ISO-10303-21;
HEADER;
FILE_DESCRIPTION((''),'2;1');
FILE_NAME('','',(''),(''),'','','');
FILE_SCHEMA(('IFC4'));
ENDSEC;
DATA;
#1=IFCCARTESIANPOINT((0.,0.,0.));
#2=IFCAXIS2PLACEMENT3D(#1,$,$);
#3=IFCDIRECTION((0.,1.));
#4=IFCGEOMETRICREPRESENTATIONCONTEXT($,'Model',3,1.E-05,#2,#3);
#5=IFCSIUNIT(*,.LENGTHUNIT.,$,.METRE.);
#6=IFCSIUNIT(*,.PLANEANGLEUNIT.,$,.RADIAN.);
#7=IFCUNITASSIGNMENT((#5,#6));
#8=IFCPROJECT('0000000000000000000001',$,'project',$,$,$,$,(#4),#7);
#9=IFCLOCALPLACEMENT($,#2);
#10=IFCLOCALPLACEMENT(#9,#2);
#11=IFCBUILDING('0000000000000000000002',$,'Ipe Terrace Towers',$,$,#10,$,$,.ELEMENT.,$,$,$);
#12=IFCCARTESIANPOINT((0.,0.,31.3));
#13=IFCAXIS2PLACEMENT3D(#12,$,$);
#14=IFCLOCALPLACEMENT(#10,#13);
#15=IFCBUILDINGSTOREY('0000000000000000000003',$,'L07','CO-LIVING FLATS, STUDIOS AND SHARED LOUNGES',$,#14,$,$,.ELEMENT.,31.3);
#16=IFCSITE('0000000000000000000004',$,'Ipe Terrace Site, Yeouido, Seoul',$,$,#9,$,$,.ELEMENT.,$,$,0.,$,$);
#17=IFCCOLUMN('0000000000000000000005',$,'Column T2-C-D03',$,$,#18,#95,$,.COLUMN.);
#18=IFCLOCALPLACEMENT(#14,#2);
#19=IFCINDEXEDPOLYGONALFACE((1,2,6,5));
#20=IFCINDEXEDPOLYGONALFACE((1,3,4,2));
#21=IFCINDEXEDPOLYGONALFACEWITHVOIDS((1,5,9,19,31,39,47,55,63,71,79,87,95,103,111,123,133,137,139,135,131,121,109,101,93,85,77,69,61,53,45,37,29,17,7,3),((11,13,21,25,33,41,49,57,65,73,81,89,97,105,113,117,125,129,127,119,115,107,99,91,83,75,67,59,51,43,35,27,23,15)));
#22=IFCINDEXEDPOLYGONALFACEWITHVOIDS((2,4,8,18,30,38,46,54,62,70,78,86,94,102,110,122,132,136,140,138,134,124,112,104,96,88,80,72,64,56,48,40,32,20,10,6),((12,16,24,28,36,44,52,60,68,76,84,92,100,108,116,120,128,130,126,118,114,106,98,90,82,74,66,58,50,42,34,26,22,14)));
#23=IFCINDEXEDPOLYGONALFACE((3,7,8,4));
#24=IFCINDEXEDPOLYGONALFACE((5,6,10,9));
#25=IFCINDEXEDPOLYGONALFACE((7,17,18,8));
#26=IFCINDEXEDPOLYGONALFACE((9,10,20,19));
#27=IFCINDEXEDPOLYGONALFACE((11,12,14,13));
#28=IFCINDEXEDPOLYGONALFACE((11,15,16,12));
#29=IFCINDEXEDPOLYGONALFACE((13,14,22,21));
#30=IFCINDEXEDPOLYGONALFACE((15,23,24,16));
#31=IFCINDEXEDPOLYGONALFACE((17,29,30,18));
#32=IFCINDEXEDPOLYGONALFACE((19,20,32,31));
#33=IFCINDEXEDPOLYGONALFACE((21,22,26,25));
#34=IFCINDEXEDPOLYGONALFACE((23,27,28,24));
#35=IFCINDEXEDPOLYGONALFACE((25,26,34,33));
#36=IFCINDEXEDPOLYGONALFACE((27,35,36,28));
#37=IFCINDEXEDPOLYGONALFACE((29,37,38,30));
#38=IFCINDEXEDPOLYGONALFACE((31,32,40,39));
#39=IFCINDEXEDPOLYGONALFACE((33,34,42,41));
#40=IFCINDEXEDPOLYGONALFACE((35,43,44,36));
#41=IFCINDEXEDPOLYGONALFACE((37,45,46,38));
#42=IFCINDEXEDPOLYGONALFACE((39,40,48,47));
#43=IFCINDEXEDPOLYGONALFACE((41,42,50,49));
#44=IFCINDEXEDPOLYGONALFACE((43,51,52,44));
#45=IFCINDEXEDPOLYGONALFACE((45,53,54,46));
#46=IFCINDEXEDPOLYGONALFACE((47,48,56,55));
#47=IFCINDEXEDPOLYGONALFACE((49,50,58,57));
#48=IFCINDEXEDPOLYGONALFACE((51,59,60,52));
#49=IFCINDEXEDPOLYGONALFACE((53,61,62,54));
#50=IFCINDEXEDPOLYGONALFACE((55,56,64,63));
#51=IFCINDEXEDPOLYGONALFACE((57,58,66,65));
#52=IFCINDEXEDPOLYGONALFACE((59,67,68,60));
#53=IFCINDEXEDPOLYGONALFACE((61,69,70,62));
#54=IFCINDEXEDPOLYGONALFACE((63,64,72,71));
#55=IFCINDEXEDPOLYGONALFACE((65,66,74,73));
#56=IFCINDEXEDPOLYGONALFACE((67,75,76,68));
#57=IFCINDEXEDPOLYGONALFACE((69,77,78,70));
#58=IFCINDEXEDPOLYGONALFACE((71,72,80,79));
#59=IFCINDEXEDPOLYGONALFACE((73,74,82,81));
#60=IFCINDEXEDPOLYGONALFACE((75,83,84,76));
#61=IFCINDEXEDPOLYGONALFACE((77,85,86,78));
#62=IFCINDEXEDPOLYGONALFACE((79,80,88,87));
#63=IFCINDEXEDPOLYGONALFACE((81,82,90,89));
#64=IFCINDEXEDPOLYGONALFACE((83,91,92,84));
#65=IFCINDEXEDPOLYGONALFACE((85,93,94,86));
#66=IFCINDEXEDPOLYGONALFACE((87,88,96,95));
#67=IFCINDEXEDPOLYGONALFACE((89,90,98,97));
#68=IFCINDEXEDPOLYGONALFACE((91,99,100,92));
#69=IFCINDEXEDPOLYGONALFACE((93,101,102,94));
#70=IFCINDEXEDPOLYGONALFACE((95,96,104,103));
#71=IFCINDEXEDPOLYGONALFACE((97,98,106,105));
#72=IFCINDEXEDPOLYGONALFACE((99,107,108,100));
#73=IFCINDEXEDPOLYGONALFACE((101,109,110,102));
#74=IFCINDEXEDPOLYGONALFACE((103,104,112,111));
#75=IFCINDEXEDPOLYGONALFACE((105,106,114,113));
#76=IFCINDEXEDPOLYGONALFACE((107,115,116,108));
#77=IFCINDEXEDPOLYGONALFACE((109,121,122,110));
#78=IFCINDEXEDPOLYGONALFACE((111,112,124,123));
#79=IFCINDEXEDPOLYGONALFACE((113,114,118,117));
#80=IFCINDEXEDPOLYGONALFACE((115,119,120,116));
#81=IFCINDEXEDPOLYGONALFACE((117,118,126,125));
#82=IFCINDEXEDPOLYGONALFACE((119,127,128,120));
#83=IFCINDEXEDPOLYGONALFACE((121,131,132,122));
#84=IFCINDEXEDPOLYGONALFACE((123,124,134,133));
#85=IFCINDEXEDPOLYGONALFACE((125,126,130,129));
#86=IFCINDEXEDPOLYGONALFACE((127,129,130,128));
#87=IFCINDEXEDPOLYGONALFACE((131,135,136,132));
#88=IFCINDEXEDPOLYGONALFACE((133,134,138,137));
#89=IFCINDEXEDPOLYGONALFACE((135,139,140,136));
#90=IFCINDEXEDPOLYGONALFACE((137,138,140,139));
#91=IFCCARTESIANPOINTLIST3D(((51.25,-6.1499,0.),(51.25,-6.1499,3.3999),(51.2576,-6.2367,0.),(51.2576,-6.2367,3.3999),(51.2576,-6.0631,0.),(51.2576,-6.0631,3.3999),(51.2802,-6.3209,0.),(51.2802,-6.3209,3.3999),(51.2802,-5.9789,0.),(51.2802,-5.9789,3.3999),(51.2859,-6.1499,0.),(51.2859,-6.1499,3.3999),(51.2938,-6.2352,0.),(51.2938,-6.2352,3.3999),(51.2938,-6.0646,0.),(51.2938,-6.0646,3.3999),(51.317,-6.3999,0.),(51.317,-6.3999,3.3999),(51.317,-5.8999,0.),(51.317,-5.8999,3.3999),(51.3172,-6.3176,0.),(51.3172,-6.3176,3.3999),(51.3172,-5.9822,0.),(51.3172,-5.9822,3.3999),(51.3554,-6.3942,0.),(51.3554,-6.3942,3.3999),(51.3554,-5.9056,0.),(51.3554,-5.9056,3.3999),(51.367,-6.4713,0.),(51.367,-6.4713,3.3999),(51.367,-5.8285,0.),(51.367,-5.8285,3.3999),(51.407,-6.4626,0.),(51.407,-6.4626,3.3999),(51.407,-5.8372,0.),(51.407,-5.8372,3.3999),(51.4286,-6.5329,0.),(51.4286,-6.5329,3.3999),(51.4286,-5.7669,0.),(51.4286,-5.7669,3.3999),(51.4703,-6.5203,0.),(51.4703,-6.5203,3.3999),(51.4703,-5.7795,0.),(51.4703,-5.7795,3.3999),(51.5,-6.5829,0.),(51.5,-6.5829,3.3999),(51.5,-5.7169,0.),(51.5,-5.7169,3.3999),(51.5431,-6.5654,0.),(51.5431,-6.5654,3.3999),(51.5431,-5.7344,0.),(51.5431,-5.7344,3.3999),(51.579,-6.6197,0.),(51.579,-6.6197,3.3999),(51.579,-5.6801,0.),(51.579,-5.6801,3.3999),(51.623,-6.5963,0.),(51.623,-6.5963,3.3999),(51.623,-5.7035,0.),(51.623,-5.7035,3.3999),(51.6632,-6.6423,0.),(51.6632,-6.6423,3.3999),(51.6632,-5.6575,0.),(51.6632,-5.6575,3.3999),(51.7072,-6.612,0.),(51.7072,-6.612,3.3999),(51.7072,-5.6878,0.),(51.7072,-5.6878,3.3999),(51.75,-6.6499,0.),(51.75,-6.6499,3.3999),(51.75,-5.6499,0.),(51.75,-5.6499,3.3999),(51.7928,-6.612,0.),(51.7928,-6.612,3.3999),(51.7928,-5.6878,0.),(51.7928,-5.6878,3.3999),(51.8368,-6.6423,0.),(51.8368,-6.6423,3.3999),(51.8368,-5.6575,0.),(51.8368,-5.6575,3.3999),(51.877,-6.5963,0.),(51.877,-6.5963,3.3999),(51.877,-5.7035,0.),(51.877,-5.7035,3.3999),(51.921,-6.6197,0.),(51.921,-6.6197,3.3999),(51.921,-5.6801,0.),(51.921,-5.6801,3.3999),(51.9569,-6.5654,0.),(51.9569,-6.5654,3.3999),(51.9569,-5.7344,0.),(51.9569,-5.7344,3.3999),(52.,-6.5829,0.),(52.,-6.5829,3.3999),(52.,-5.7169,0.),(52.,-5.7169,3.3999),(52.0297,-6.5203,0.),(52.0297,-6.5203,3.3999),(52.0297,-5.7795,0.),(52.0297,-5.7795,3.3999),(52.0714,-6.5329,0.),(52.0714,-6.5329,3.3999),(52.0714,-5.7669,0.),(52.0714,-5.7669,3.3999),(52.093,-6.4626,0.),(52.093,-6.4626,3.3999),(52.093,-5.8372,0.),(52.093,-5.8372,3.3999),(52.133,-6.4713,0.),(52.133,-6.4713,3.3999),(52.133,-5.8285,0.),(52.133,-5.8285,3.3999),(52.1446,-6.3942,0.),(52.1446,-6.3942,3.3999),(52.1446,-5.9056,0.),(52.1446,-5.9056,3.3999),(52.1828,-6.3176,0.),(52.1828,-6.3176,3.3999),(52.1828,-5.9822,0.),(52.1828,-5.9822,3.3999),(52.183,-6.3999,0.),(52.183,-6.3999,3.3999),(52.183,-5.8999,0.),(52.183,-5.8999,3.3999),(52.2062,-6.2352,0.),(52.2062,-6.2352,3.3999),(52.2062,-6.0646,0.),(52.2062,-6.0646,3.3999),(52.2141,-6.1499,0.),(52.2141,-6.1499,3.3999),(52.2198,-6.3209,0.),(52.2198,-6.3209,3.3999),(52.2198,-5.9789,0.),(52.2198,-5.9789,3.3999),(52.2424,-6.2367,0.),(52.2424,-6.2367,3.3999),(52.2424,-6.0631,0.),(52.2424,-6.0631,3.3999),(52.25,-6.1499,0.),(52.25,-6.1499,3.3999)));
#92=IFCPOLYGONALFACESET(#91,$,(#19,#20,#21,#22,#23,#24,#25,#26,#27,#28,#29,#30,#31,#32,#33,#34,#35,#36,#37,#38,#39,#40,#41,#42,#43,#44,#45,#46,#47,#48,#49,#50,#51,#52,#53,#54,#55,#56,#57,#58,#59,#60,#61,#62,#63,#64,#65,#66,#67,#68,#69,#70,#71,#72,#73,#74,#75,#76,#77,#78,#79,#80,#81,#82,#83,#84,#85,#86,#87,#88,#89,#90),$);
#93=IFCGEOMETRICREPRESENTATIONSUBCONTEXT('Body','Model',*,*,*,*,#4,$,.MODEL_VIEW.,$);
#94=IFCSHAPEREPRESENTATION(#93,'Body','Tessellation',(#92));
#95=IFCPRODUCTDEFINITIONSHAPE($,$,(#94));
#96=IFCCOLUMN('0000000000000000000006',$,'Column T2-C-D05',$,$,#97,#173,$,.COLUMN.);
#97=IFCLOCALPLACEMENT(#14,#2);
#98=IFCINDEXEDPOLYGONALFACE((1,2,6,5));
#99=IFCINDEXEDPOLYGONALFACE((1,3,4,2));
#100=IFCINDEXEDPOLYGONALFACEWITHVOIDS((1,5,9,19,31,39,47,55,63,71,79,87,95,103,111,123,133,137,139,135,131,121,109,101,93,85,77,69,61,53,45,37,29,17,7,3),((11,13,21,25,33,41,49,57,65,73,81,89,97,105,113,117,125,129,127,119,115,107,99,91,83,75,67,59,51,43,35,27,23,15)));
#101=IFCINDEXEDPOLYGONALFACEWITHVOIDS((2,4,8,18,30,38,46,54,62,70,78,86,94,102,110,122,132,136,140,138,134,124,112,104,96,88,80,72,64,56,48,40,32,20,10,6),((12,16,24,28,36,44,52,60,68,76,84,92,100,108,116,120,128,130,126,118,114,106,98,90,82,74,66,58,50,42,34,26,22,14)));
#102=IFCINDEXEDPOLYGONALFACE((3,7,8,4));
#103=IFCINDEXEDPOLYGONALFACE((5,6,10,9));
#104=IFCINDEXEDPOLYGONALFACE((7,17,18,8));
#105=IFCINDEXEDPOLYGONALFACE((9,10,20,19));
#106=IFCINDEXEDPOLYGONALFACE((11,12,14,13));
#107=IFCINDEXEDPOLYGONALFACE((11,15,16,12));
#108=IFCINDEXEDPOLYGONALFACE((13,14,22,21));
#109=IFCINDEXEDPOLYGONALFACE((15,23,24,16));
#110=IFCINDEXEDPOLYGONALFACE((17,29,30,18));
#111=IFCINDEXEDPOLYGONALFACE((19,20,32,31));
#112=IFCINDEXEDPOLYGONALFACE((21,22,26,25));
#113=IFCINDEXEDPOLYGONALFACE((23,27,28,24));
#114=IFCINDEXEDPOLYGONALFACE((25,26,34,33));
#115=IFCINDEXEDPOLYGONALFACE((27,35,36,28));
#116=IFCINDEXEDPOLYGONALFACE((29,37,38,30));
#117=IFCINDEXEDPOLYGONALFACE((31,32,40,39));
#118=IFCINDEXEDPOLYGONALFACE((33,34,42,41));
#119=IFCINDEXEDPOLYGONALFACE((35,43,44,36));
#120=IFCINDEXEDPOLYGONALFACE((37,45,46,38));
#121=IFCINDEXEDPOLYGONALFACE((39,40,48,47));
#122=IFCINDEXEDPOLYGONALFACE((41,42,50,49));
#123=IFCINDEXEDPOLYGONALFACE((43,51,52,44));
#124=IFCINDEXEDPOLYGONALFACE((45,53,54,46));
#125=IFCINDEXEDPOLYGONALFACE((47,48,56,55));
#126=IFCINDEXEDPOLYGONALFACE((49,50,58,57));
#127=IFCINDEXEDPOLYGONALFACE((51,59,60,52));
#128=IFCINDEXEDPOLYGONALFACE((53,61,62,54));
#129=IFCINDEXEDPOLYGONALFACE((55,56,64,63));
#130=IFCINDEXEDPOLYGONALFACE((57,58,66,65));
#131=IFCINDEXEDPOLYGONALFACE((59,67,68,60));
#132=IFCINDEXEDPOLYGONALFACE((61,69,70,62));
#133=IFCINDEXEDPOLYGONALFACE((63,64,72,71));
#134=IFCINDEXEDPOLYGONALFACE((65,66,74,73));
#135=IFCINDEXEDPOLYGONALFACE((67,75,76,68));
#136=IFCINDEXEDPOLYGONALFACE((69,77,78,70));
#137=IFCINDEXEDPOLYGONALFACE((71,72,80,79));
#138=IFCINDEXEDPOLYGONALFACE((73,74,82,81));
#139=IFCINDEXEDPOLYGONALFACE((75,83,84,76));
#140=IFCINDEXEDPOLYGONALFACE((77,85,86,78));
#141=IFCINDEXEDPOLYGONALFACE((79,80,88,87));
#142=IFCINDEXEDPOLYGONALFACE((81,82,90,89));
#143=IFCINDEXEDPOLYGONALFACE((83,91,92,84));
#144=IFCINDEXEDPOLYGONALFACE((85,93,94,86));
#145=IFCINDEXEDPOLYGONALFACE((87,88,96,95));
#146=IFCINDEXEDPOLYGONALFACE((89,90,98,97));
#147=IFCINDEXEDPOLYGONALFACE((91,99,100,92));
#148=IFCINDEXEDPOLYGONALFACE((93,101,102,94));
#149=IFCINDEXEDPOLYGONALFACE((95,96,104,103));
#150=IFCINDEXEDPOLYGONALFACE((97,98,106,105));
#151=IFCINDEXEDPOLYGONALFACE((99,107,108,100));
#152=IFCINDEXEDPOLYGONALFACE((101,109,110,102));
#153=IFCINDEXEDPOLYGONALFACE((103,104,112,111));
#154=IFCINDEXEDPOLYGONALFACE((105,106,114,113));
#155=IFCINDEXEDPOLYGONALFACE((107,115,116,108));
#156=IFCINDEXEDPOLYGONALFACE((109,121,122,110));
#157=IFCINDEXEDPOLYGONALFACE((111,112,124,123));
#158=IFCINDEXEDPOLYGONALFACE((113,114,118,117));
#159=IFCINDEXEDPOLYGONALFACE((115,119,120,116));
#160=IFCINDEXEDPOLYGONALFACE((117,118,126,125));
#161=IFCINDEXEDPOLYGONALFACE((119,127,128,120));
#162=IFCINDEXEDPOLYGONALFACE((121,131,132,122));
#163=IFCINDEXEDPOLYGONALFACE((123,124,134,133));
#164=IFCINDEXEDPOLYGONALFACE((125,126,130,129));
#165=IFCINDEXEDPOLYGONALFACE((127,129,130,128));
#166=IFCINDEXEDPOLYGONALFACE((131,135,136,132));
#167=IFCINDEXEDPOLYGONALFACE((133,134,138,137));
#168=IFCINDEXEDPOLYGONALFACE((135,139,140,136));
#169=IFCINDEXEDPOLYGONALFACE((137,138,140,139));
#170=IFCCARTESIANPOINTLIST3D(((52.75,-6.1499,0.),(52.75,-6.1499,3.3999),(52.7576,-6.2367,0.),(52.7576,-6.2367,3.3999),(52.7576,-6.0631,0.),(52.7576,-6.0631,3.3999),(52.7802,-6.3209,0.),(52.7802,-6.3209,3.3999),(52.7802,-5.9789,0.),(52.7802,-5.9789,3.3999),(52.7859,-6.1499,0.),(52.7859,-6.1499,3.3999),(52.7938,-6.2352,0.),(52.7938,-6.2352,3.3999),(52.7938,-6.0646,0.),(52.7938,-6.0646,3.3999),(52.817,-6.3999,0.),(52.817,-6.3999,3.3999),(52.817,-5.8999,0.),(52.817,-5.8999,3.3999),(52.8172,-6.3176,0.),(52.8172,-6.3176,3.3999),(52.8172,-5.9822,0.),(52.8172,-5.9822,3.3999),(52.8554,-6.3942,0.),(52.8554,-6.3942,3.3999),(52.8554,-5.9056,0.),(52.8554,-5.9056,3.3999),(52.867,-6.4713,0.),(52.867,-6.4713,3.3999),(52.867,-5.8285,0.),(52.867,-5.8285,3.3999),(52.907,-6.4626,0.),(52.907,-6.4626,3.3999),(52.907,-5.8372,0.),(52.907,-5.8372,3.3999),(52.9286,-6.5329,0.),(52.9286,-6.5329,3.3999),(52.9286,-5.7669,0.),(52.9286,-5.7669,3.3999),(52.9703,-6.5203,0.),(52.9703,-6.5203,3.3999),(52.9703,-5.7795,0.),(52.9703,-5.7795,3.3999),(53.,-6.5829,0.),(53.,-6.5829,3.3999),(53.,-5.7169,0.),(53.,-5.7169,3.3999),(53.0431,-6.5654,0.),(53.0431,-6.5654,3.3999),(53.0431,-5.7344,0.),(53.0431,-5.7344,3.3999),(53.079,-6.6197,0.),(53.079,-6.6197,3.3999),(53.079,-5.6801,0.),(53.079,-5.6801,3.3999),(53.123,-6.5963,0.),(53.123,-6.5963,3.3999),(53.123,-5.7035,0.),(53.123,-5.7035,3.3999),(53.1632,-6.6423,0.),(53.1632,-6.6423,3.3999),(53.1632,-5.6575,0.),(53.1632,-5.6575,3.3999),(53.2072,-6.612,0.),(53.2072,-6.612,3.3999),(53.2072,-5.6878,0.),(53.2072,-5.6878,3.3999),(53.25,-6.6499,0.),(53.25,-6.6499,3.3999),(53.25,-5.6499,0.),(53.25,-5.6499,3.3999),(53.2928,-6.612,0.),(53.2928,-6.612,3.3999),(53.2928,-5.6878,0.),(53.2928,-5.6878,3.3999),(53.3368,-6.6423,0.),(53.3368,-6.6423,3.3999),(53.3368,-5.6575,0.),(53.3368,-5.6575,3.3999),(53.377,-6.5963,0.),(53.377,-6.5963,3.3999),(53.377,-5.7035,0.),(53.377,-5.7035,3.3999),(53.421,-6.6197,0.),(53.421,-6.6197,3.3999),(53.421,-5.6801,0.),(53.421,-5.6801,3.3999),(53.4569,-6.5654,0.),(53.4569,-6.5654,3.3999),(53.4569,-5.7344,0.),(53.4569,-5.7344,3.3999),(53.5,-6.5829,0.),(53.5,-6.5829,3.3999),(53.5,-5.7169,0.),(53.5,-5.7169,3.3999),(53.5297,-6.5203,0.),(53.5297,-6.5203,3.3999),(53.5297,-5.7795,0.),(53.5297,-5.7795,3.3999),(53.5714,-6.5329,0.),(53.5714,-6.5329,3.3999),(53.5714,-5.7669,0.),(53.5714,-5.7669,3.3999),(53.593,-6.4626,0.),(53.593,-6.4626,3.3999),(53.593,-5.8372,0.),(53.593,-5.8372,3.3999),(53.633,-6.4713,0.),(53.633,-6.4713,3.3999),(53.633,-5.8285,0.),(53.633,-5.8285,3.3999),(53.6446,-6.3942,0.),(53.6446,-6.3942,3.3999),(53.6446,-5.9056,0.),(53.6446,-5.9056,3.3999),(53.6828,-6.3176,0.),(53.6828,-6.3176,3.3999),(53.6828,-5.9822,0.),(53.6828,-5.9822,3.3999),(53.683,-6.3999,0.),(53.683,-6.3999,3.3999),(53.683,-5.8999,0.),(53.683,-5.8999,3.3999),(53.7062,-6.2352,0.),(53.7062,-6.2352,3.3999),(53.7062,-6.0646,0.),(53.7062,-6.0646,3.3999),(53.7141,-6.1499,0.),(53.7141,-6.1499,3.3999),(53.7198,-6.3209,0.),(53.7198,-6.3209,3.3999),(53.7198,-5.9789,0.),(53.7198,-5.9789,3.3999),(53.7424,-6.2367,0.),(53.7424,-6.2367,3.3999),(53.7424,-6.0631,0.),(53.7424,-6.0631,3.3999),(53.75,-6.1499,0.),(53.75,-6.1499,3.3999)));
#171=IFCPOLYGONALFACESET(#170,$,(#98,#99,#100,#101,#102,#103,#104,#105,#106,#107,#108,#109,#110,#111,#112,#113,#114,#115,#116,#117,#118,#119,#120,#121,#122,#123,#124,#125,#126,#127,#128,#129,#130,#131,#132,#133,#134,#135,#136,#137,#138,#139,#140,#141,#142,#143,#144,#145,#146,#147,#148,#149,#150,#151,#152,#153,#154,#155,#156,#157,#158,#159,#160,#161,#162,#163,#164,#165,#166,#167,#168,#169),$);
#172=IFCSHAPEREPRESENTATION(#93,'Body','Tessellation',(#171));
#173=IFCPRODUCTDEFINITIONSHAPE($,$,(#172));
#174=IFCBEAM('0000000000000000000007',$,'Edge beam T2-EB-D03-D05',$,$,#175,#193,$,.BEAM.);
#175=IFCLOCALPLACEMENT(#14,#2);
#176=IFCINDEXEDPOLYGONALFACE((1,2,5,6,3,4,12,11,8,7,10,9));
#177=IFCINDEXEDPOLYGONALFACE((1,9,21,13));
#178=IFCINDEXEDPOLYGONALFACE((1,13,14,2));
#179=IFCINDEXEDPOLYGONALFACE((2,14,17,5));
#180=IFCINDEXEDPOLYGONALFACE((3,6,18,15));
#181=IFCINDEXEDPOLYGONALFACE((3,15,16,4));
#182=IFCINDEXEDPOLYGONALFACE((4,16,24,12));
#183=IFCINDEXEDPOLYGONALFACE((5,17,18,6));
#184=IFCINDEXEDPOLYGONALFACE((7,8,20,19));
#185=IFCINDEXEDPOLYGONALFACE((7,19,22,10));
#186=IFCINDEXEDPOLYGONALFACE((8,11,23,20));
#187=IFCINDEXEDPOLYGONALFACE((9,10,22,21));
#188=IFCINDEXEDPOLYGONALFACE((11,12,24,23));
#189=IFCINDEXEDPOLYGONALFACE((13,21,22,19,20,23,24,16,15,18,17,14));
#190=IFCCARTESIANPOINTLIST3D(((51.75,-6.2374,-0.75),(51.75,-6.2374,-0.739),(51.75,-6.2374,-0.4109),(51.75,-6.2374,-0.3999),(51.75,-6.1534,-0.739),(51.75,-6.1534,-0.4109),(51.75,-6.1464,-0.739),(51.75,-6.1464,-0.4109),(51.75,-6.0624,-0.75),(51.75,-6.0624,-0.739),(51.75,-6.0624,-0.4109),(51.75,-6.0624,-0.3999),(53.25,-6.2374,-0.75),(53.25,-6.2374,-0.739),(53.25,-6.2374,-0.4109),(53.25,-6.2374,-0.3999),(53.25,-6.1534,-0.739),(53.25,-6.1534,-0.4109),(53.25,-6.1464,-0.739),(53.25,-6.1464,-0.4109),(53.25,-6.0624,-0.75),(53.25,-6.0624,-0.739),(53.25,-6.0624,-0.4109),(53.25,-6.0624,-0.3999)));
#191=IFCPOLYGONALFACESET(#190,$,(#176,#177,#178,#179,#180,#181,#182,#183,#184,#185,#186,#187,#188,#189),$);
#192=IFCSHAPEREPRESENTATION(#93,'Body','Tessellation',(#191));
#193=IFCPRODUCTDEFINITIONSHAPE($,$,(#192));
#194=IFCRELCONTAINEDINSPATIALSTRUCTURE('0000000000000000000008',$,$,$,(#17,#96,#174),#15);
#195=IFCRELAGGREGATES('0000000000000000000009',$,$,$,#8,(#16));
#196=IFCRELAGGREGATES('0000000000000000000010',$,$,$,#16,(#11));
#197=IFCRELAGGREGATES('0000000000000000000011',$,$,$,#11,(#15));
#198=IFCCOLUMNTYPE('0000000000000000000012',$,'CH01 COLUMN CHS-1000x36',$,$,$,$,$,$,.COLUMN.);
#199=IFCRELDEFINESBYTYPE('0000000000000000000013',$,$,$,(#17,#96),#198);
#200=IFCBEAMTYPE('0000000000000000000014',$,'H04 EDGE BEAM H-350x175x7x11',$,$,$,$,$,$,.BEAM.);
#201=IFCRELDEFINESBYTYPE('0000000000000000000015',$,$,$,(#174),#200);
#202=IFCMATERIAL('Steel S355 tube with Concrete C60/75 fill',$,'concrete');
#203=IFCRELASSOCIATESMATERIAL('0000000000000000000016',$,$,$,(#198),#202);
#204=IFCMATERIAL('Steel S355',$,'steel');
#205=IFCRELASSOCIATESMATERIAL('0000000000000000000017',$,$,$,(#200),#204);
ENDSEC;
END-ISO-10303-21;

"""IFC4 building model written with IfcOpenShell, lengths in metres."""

from ifc_helpers import new_model, si_unit, direction, frame, origin, origin_2d, place, context, subcontext, project, spatial, hollow_circle, i_section, extrude, material, material_profile, profile_set, type_object, element, save


model = new_model("IFC4")

# Units and contexts
model_context = context("Model", 3, precision=1e-05, world=origin(), true_north=direction((0.0, 1.0)))
body_context = subcontext(model_context, "Body", "Model", "MODEL_VIEW")
ifc_project = project(units=[si_unit("LENGTHUNIT", "METRE"), si_unit("PLANEANGLEUNIT", "RADIAN")], contexts=[model_context])

# Site, building, storey
site_placement = place(None, origin())
site = spatial("IfcSite", under=ifc_project, at=site_placement, Name="Ipe Terrace Site, Yeouido, Seoul", CompositionType="ELEMENT", RefElevation=0.0)
building_placement = place(site_placement, origin())
building = spatial("IfcBuilding", under=site, at=building_placement, Name="Ipe Terrace Towers", CompositionType="ELEMENT")
storey_placement = place(building_placement, frame((0.0, 0.0, 31.3)))
storey = spatial("IfcBuildingStorey", under=building, at=storey_placement, Name="L07", Description="CO-LIVING FLATS, STUDIOS AND SHARED LOUNGES", CompositionType="ELEMENT", Elevation=31.3)

# Columns
ifc_material_1 = material(Name="Steel S355 tube with Concrete C60/75 fill", Category="concrete")
ifc_material_profile_1 = material_profile(ifc_material_1, hollow_circle(Radius=0.5, WallThickness=0.0359, at=origin_2d()), Name="CHS-1000x36")
ifc_profile_set_1 = profile_set([ifc_material_profile_1], Name="Steel S355 tube with Concrete C60/75 fill")
column_type = type_object("IfcColumnType", Name="CH01 COLUMN CHS-1000x36", PredefinedType="COLUMN", material=ifc_profile_set_1)
for number, where, z_axis, x_axis, name in (
    (1, (51.75, -6.1499, 0.0), (0.0, 0.0, 1.0), (1.0, 0.0, 0.0), "Column T2-C-D03"),
    (2, (53.25, -6.1499, 0.0), (0.0, 0.0, 1.0), (1.0, 0.0, 0.0), "Column T2-C-D05"),
):
    element("IfcColumn", number, at=place(storey_placement, frame(where, z_axis=z_axis, x_axis=x_axis)), inside=storey, type_object=column_type, Name=name, PredefinedType="COLUMN", context=body_context, shape_type="SweptSolid", body=[
        extrude(hollow_circle(Radius=0.5, WallThickness=0.0359, at=origin_2d()), origin(), (0.0, 0.0, 1.0), 3.3999),
    ])

# Beam
ifc_material_2 = material(Name="Steel S355", Category="steel")
ifc_material_profile_2 = material_profile(ifc_material_2, i_section(OverallWidth=0.175, OverallDepth=0.3501, WebThickness=0.0071, FlangeThickness=0.011, at=origin_2d()), Name="H-350x175x7x11")
ifc_profile_set_2 = profile_set([ifc_material_profile_2], Name="Steel S355")
beam_type = type_object("IfcBeamType", Name="H04 EDGE BEAM H-350x175x7x11", PredefinedType="BEAM", material=ifc_profile_set_2)
beam_placement = place(storey_placement, frame((51.75, -6.1499, -0.575), z_axis=(1.0, 0.0, 0.0), x_axis=(0.0, 1.0, 0.0)))
element("IfcBeam", 3, at=beam_placement, inside=storey, type_object=beam_type, Name="Edge beam T2-EB-D03-D05", PredefinedType="BEAM", context=body_context, shape_type="SweptSolid", body=[
    extrude(i_section(OverallWidth=0.175, OverallDepth=0.3501, WebThickness=0.0071, FlangeThickness=0.011, at=origin_2d()), origin(), (0.0, 0.0, 1.0), 1.5),
])

save(model, "model.ifc")
